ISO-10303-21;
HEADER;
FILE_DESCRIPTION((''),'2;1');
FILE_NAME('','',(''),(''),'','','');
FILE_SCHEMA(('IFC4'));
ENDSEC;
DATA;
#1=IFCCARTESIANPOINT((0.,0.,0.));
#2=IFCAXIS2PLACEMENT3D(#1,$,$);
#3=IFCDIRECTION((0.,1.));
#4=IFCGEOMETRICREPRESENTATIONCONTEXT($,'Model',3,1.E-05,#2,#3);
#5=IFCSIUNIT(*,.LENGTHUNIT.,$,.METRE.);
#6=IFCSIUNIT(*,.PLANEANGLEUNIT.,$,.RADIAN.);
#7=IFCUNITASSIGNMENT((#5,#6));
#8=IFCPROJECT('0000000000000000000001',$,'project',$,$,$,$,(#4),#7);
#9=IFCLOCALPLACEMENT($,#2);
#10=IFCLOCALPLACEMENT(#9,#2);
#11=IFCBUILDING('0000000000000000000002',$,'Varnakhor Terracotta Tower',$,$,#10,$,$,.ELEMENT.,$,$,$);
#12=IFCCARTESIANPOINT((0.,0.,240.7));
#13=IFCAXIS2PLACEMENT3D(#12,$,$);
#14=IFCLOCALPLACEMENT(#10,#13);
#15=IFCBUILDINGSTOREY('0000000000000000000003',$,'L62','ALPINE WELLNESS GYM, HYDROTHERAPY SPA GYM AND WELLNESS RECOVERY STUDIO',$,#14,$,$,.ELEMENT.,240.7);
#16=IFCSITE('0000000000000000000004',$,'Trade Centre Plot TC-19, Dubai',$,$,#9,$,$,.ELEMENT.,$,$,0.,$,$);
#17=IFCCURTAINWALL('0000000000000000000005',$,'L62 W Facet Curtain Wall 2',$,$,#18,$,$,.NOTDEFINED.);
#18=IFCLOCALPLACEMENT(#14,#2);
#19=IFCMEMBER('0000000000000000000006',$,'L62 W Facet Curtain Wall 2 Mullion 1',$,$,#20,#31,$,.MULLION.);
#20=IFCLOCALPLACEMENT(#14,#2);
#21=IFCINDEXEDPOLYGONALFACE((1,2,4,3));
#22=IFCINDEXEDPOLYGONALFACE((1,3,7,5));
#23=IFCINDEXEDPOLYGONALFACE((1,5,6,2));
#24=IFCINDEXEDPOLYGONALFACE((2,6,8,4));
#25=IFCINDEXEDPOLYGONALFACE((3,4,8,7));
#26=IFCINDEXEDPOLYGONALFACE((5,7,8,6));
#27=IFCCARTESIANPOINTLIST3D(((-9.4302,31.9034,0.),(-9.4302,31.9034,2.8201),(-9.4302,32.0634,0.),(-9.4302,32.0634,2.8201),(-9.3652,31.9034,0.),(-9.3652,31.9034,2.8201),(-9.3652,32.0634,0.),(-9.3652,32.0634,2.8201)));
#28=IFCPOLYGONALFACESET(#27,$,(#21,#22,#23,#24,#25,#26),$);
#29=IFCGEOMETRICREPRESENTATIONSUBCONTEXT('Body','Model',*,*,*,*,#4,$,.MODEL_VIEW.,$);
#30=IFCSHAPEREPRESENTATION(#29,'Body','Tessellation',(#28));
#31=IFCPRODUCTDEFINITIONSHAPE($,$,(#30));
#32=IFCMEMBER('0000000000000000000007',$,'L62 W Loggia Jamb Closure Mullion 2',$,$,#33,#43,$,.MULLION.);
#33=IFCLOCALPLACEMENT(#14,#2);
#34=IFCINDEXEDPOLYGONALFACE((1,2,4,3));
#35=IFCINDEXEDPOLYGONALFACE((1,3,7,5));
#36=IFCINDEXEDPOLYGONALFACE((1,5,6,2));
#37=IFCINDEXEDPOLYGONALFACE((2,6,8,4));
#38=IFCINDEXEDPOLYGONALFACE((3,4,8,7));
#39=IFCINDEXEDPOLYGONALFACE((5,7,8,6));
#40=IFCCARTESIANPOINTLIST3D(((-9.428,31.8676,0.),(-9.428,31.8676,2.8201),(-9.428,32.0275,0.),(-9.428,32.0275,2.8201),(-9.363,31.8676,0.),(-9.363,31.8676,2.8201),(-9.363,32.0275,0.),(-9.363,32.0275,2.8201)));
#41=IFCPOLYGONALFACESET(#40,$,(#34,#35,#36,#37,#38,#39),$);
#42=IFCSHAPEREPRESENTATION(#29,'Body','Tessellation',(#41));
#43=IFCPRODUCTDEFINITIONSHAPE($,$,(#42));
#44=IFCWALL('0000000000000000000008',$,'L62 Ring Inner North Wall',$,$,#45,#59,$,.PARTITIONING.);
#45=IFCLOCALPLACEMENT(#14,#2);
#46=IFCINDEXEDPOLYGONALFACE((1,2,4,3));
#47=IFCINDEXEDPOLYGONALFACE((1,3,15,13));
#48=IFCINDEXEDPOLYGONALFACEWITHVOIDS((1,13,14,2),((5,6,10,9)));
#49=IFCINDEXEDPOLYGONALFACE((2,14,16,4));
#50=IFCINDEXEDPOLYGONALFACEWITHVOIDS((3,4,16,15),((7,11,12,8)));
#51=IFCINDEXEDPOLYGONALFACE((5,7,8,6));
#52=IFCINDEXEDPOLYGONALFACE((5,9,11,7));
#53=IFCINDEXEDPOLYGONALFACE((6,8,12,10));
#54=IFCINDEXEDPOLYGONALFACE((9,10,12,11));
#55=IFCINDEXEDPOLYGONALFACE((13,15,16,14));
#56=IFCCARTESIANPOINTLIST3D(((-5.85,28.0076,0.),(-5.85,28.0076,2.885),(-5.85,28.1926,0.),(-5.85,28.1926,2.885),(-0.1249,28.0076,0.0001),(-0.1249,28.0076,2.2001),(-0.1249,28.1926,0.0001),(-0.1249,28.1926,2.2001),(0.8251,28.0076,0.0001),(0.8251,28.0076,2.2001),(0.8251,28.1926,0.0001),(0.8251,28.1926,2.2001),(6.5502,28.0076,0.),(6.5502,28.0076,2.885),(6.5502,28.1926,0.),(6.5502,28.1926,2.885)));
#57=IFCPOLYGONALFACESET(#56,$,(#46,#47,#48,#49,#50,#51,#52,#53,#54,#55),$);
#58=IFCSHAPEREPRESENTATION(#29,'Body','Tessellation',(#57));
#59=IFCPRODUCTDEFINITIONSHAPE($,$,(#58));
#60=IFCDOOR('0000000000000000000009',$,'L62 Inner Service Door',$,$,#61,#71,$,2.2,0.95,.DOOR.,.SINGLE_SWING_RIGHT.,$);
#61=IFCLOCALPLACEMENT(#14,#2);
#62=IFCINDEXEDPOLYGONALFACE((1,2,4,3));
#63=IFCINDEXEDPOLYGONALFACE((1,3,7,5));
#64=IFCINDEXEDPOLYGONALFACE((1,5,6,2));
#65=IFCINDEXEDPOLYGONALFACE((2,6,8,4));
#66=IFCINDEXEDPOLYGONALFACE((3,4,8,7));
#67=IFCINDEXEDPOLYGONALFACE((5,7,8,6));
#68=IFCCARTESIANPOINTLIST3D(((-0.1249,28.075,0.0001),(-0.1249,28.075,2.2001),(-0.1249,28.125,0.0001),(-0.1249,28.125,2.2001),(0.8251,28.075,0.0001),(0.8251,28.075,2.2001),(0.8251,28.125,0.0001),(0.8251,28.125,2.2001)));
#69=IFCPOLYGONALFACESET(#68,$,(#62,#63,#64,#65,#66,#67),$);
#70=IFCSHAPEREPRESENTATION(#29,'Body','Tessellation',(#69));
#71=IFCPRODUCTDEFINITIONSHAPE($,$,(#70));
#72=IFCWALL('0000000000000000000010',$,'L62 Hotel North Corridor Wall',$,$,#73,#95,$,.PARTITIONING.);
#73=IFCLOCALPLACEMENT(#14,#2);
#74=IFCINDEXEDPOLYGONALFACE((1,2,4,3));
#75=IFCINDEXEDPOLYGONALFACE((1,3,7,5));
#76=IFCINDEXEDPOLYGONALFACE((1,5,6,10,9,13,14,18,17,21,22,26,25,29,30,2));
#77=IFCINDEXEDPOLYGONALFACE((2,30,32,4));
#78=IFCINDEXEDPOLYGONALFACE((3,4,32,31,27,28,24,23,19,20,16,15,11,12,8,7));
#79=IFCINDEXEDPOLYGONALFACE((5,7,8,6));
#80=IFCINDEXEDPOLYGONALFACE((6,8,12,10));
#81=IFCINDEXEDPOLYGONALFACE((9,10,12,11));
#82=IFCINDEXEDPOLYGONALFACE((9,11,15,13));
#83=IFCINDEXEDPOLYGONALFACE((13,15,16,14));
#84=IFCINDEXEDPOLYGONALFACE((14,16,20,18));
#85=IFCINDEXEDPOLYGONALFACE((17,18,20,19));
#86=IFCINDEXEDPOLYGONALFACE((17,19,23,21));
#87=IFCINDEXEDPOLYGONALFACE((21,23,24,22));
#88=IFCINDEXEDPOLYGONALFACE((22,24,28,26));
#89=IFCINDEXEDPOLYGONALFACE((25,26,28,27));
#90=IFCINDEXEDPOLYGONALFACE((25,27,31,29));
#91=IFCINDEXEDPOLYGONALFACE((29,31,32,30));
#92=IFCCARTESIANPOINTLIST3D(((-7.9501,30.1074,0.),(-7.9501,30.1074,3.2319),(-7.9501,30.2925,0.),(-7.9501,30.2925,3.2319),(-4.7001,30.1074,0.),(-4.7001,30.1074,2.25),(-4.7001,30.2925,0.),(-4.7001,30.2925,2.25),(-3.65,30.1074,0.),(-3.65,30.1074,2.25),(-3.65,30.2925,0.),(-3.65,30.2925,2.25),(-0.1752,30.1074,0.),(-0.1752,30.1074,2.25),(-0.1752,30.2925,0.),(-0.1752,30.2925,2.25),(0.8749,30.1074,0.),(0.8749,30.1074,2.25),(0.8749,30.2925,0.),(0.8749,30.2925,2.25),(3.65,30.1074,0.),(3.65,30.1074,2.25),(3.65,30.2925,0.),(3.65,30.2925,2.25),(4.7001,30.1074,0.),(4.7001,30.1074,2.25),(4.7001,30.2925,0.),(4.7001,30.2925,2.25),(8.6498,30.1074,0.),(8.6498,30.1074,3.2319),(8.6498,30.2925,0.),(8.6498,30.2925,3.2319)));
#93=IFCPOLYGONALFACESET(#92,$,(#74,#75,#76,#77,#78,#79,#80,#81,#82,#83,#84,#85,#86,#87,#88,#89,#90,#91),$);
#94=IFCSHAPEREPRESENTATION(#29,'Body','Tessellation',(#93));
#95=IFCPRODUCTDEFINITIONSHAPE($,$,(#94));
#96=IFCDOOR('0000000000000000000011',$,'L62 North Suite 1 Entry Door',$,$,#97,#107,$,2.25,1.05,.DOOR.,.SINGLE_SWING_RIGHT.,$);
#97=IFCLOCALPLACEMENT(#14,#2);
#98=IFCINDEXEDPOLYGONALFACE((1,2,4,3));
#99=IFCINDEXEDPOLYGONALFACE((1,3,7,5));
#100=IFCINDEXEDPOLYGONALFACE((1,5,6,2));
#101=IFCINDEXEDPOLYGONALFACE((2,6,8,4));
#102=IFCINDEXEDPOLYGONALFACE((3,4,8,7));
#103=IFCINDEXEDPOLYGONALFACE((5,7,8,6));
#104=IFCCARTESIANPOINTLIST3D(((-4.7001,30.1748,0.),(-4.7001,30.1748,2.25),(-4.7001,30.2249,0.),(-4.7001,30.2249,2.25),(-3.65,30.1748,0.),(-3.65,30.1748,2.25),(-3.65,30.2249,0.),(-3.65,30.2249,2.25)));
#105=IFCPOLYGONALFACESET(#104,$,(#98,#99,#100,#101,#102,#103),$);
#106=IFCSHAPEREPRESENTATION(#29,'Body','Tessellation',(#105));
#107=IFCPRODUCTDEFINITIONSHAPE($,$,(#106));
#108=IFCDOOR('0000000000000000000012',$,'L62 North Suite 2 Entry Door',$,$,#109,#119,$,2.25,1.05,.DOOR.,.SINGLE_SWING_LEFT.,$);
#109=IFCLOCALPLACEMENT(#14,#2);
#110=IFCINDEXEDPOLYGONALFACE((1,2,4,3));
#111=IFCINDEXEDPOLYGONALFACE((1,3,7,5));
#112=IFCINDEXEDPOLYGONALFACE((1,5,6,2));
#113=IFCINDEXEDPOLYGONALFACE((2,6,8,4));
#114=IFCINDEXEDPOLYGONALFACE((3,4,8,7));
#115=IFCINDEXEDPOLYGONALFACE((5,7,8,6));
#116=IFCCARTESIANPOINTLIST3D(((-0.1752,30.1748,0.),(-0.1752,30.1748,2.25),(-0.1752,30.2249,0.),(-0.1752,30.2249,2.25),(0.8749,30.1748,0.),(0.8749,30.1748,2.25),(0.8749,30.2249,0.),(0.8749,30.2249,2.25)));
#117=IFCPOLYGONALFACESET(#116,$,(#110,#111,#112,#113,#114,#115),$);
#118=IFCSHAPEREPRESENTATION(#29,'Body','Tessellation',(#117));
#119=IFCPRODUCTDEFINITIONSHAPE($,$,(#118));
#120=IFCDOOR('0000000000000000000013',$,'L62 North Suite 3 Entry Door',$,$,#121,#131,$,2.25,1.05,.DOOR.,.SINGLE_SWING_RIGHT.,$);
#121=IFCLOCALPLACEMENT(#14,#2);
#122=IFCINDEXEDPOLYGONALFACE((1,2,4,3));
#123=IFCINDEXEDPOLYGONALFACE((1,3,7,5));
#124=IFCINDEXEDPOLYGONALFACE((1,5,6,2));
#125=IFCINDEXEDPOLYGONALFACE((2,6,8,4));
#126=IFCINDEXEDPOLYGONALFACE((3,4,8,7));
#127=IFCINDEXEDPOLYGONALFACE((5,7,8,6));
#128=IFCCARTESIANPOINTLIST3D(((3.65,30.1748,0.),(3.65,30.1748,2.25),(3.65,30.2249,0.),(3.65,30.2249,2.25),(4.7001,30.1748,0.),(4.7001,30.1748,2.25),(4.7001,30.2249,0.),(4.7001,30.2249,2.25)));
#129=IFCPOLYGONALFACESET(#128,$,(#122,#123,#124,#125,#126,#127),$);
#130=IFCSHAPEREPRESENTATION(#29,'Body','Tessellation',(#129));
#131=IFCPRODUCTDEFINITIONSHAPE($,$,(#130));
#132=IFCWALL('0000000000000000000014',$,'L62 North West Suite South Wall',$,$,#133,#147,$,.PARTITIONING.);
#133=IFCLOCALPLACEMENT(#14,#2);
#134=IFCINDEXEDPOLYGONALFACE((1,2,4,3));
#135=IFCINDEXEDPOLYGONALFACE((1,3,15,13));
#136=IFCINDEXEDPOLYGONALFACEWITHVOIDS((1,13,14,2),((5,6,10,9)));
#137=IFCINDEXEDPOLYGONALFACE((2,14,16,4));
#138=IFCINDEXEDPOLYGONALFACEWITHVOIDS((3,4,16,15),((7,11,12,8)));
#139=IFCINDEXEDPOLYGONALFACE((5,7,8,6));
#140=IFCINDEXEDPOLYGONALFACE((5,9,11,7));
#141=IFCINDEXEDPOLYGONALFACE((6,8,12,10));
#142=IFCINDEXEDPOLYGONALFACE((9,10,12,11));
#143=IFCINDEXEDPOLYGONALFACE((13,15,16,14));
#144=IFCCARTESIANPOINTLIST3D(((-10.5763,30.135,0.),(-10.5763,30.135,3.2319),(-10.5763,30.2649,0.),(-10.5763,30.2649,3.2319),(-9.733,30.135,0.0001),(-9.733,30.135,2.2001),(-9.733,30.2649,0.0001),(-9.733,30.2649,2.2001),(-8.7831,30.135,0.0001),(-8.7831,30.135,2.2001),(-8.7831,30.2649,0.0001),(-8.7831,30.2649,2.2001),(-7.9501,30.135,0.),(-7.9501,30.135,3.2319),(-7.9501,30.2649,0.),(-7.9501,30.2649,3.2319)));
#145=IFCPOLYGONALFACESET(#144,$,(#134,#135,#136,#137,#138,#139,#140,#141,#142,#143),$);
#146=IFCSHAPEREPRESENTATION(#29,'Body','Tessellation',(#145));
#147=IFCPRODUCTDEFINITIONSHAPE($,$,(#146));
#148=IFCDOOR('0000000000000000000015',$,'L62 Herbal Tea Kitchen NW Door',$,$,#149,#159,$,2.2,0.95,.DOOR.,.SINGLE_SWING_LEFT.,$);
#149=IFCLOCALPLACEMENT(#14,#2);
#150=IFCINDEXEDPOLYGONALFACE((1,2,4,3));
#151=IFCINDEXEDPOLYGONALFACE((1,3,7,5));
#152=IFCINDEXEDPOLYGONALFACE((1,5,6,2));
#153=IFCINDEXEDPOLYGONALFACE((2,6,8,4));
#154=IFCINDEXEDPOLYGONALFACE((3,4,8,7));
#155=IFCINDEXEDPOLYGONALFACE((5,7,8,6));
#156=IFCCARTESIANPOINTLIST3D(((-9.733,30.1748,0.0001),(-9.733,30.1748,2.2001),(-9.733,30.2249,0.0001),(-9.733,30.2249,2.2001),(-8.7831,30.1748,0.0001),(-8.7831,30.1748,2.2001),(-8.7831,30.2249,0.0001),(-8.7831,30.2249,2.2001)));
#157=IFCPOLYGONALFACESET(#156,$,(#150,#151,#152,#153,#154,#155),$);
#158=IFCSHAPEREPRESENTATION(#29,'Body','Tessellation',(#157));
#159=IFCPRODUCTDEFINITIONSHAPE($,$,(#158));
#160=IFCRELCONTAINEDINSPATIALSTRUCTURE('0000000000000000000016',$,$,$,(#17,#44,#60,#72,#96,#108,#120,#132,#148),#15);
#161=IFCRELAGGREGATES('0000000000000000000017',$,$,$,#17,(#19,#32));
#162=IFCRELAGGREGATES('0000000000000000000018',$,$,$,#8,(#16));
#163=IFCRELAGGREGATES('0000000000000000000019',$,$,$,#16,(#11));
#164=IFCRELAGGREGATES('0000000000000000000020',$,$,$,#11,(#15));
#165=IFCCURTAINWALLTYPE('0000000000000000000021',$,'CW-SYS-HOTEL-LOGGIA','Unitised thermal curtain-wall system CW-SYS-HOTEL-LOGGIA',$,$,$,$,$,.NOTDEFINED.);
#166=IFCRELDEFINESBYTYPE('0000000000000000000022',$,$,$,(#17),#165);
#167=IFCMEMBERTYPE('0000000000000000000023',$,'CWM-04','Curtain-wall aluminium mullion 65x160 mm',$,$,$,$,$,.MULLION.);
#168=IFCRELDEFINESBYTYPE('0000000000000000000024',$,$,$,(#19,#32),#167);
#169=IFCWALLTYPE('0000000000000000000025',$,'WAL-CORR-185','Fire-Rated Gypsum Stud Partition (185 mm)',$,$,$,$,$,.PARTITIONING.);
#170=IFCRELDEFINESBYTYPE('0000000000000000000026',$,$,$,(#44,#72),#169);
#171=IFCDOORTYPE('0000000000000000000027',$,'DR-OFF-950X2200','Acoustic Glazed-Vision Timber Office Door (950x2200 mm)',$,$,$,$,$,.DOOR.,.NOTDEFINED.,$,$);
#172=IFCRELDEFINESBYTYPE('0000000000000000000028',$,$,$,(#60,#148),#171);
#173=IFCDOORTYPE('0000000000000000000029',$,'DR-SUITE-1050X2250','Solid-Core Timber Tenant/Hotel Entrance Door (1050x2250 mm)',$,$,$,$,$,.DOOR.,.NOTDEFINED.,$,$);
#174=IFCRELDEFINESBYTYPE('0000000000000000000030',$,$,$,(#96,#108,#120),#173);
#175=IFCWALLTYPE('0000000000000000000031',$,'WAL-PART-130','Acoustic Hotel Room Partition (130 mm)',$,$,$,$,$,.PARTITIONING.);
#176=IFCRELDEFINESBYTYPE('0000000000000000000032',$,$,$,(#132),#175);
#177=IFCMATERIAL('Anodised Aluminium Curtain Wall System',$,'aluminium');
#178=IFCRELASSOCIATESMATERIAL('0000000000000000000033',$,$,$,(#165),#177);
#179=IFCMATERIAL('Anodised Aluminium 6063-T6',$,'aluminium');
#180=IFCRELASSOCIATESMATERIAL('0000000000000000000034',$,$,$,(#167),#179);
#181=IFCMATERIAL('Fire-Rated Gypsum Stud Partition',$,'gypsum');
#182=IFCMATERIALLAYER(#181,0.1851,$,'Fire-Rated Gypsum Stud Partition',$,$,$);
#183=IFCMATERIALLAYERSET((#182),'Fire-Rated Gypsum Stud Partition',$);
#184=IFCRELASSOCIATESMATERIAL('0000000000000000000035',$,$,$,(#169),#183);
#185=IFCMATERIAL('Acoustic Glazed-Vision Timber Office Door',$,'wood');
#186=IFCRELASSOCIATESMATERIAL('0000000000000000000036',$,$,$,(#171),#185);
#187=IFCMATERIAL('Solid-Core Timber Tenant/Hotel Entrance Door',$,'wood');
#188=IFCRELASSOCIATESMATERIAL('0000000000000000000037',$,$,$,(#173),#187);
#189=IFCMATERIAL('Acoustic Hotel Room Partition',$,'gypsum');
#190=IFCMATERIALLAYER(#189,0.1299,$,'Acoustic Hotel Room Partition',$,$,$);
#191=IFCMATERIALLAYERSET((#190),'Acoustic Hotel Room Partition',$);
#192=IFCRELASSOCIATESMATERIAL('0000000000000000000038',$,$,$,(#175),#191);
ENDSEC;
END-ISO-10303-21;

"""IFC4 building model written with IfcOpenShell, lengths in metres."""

from ifc_helpers import new_model, si_unit, direction, frame, frame_2d, origin, origin_2d, place, context, subcontext, project, spatial, rectangle, extrude, source, transform, mapped, material, layer, layer_set, material_profile, profile_set, type_object, type_shapes, element, fill, aggregate, save


model = new_model("IFC4")

# Units and contexts
model_context = context("Model", 3, precision=1e-05, world=origin(), true_north=direction((0.0, 1.0)))
body_context = subcontext(model_context, "Body", "Model", "MODEL_VIEW")
ifc_project = project(units=[si_unit("LENGTHUNIT", "METRE"), si_unit("PLANEANGLEUNIT", "RADIAN")], contexts=[model_context])

# Site, building, storey
site_placement = place(None, origin())
site = spatial("IfcSite", under=ifc_project, at=site_placement, Name="Trade Centre Plot TC-19, Dubai", CompositionType="ELEMENT", RefElevation=0.0)
building_placement = place(site_placement, origin())
building = spatial("IfcBuilding", under=site, at=building_placement, Name="Varnakhor Terracotta Tower", CompositionType="ELEMENT")
storey_placement = place(building_placement, frame((0.0, 0.0, 240.7)))
storey = spatial("IfcBuildingStorey", under=building, at=storey_placement, Name="L62", Description="ALPINE WELLNESS GYM, HYDROTHERAPY SPA GYM AND WELLNESS RECOVERY STUDIO", CompositionType="ELEMENT", Elevation=240.7)

# Curtain wall, members
ifc_material_1 = material(Name="Anodised Aluminium Curtain Wall System", Category="aluminium")
curtain_wall_type = type_object("IfcCurtainWallType", Name="CW-SYS-HOTEL-LOGGIA", Description="Unitised thermal curtain-wall system CW-SYS-HOTEL-LOGGIA", PredefinedType="NOTDEFINED", material=ifc_material_1)
curtain_wall_placement = place(storey_placement, origin())
curtain_wall = element("IfcCurtainWall", 1, at=curtain_wall_placement, inside=storey, type_object=curtain_wall_type, Name="L62 W Facet Curtain Wall 2", PredefinedType="NOTDEFINED")
ifc_material_2 = material(Name="Anodised Aluminium 6063-T6", Category="aluminium")
ifc_material_profile_1 = material_profile(ifc_material_2, rectangle(XDim=0.0649, YDim=0.1599, at=origin_2d()), Name="ALU MULLION 65x160")
ifc_profile_set_1 = profile_set([ifc_material_profile_1], Name="Anodised Aluminium 6063-T6")
member_type = type_object("IfcMemberType", Name="CWM-04", Description="Curtain-wall aluminium mullion 65x160 mm", PredefinedType="MULLION", material=ifc_profile_set_1)
shared_shape_1 = source(origin(), body_context, "Body", "SweptSolid", [
    extrude(rectangle(XDim=0.0649, YDim=0.1599, at=origin_2d()), origin(), (0.0, 0.0, 1.0), 2.8201),
])
type_shapes(member_type, [shared_shape_1])
member_1_placement = place(storey_placement, frame((-9.3977, 31.9834, 0.0), z_axis=(0.0, 0.0, 1.0), x_axis=(1.0, 0.0, 0.0)))
member_1 = element("IfcMember", 2, at=member_1_placement, type_object=member_type, Name="L62 W Facet Curtain Wall 2 Mullion 1", PredefinedType="MULLION", context=body_context, shape_type="MappedRepresentation", body=[
    mapped(shared_shape_1, transform((0.0, 0.0, 0.0), scale=1.0)),
])
member_2_placement = place(storey_placement, frame((-9.3955, 31.9475, 0.0), z_axis=(0.0, 0.0, 1.0), x_axis=(1.0, 0.0, 0.0)))
member_2 = element("IfcMember", 3, at=member_2_placement, type_object=member_type, Name="L62 W Loggia Jamb Closure Mullion 2", PredefinedType="MULLION", context=body_context, shape_type="MappedRepresentation", body=[
    mapped(shared_shape_1, transform((0.0, 0.0, 0.0), scale=1.0)),
])
aggregate(curtain_wall, [member_1, member_2])

# Wall, opening, door
ifc_material_3 = material(Name="Fire-Rated Gypsum Stud Partition", Category="gypsum")
ifc_layer_1 = layer(ifc_material_3, 0.1851, Name="Fire-Rated Gypsum Stud Partition")
ifc_layer_set_1 = layer_set([ifc_layer_1], Name="Fire-Rated Gypsum Stud Partition")
wall_type_1 = type_object("IfcWallType", Name="WAL-CORR-185", Description="Fire-Rated Gypsum Stud Partition (185 mm)", PredefinedType="PARTITIONING", material=ifc_layer_set_1)
wall_1_placement = place(storey_placement, frame((-5.8501, 28.1001, 0.0), z_axis=(0.0, 0.0, 1.0), x_axis=(1.0, 0.0, 0.0)))
wall_1 = element("IfcWall", 4, at=wall_1_placement, inside=storey, type_object=wall_type_1, Name="L62 Ring Inner North Wall", PredefinedType="PARTITIONING", context=body_context, shape_type="SweptSolid", body=[
    extrude(rectangle(XDim=12.4001, YDim=0.1851, at=frame_2d((6.2002, 0.0))), origin(), (0.0, 0.0, 1.0), 2.885),
])
opening_1_placement = place(wall_1_placement, frame((5.7251, 0.0, 0.0)))
opening_1 = element("IfcOpeningElement", 5, at=opening_1_placement, cuts=wall_1, PredefinedType="OPENING", context=body_context, shape_type="SweptSolid", body=[
    extrude(rectangle(XDim=0.95, YDim=2.2, at=frame_2d((0.4751, 1.1001))), frame((0.0, 0.1025, 0.0), z_axis=(0.0, -1.0, 0.0), x_axis=(1.0, 0.0, 0.0)), (0.0, 0.0, 1.0), 0.2051),
])
ifc_material_4 = material(Name="Acoustic Glazed-Vision Timber Office Door", Category="wood")
door_type_1 = type_object("IfcDoorType", Name="DR-OFF-950X2200", Description="Acoustic Glazed-Vision Timber Office Door (950x2200 mm)", OperationType="NOTDEFINED", PredefinedType="DOOR", material=ifc_material_4)
shared_shape_2 = source(origin(), body_context, "Body", "SweptSolid", [
    extrude(rectangle(XDim=0.95, YDim=2.2, at=frame_2d((0.4751, 1.1001))), frame((0.0, 0.0249, 0.0), z_axis=(0.0, -1.0, 0.0), x_axis=(1.0, 0.0, 0.0)), (0.0, 0.0, 1.0), 0.05),
])
type_shapes(door_type_1, [shared_shape_2])
door_1_placement = place(opening_1_placement, origin())
door_1 = element("IfcDoor", 6, at=door_1_placement, inside=storey, type_object=door_type_1, Name="L62 Inner Service Door", OperationType="SINGLE_SWING_RIGHT", OverallHeight=2.2, OverallWidth=0.95, PredefinedType="DOOR", context=body_context, shape_type="MappedRepresentation", body=[
    mapped(shared_shape_2, transform((0.0, 0.0, 0.0), scale=1.0)),
])
fill(opening_1, door_1)

# Wall, openings, doors
wall_2_placement = place(storey_placement, frame((-7.95, 30.2, 0.0), z_axis=(0.0, 0.0, 1.0), x_axis=(1.0, 0.0, 0.0)))
wall_2 = element("IfcWall", 7, at=wall_2_placement, inside=storey, type_object=wall_type_1, Name="L62 Hotel North Corridor Wall", PredefinedType="PARTITIONING", context=body_context, shape_type="SweptSolid", body=[
    extrude(rectangle(XDim=16.5999, YDim=0.1851, at=frame_2d((8.2998, 0.0))), origin(), (0.0, 0.0, 1.0), 3.2319),
])
opening_2_placement = place(wall_2_placement, frame((3.25, 0.0, 0.0)))
opening_2 = element("IfcOpeningElement", 8, at=opening_2_placement, cuts=wall_2, PredefinedType="OPENING", context=body_context, shape_type="SweptSolid", body=[
    extrude(rectangle(XDim=1.05, YDim=2.25, at=frame_2d((0.5249, 1.125))), frame((0.0, 0.1025, 0.0), z_axis=(0.0, -1.0, 0.0), x_axis=(1.0, 0.0, 0.0)), (0.0, 0.0, 1.0), 0.2051),
])
opening_3_placement = place(wall_2_placement, frame((7.7749, 0.0, 0.0)))
opening_3 = element("IfcOpeningElement", 9, at=opening_3_placement, cuts=wall_2, PredefinedType="OPENING", context=body_context, shape_type="SweptSolid", body=[
    extrude(rectangle(XDim=1.05, YDim=2.25, at=frame_2d((0.5249, 1.125))), frame((0.0, 0.1025, 0.0), z_axis=(0.0, -1.0, 0.0), x_axis=(1.0, 0.0, 0.0)), (0.0, 0.0, 1.0), 0.2051),
])
opening_4_placement = place(wall_2_placement, frame((11.6001, 0.0, 0.0)))
opening_4 = element("IfcOpeningElement", 10, at=opening_4_placement, cuts=wall_2, PredefinedType="OPENING", context=body_context, shape_type="SweptSolid", body=[
    extrude(rectangle(XDim=1.05, YDim=2.25, at=frame_2d((0.5249, 1.125))), frame((0.0, 0.1025, 0.0), z_axis=(0.0, -1.0, 0.0), x_axis=(1.0, 0.0, 0.0)), (0.0, 0.0, 1.0), 0.2051),
])
ifc_material_5 = material(Name="Solid-Core Timber Tenant/Hotel Entrance Door", Category="wood")
door_type_2 = type_object("IfcDoorType", Name="DR-SUITE-1050X2250", Description="Solid-Core Timber Tenant/Hotel Entrance Door (1050x2250 mm)", OperationType="NOTDEFINED", PredefinedType="DOOR", material=ifc_material_5)
shared_shape_3 = source(origin(), body_context, "Body", "SweptSolid", [
    extrude(rectangle(XDim=1.05, YDim=2.25, at=frame_2d((0.5249, 1.125))), frame((0.0, 0.0249, 0.0), z_axis=(0.0, -1.0, 0.0), x_axis=(1.0, 0.0, 0.0)), (0.0, 0.0, 1.0), 0.05),
])
type_shapes(door_type_2, [shared_shape_3])
door_2_placement = place(opening_2_placement, origin())
door_2 = element("IfcDoor", 11, at=door_2_placement, inside=storey, type_object=door_type_2, Name="L62 North Suite 1 Entry Door", OperationType="SINGLE_SWING_RIGHT", OverallHeight=2.25, OverallWidth=1.05, PredefinedType="DOOR", context=body_context, shape_type="MappedRepresentation", body=[
    mapped(shared_shape_3, transform((0.0, 0.0, 0.0), scale=1.0)),
])
fill(opening_2, door_2)
door_3_placement = place(opening_3_placement, origin())
door_3 = element("IfcDoor", 12, at=door_3_placement, inside=storey, type_object=door_type_2, Name="L62 North Suite 2 Entry Door", OperationType="SINGLE_SWING_LEFT", OverallHeight=2.25, OverallWidth=1.05, PredefinedType="DOOR", context=body_context, shape_type="MappedRepresentation", body=[
    mapped(shared_shape_3, transform((0.0, 0.0, 0.0), scale=1.0)),
])
fill(opening_3, door_3)
door_4_placement = place(opening_4_placement, origin())
door_4 = element("IfcDoor", 13, at=door_4_placement, inside=storey, type_object=door_type_2, Name="L62 North Suite 3 Entry Door", OperationType="SINGLE_SWING_RIGHT", OverallHeight=2.25, OverallWidth=1.05, PredefinedType="DOOR", context=body_context, shape_type="MappedRepresentation", body=[
    mapped(shared_shape_3, transform((0.0, 0.0, 0.0), scale=1.0)),
])
fill(opening_4, door_4)

# Wall, opening, door
ifc_material_6 = material(Name="Acoustic Hotel Room Partition", Category="gypsum")
ifc_layer_2 = layer(ifc_material_6, 0.1299, Name="Acoustic Hotel Room Partition")
ifc_layer_set_2 = layer_set([ifc_layer_2], Name="Acoustic Hotel Room Partition")
wall_type_2 = type_object("IfcWallType", Name="WAL-PART-130", Description="Acoustic Hotel Room Partition (130 mm)", PredefinedType="PARTITIONING", material=ifc_layer_set_2)
wall_3_placement = place(storey_placement, frame((-10.5762, 30.2, 0.0), z_axis=(0.0, 0.0, 1.0), x_axis=(1.0, 0.0, 0.0)))
wall_3 = element("IfcWall", 14, at=wall_3_placement, inside=storey, type_object=wall_type_2, Name="L62 North West Suite South Wall", PredefinedType="PARTITIONING", context=body_context, shape_type="SweptSolid", body=[
    extrude(rectangle(XDim=2.6262, YDim=0.1299, at=frame_2d((1.313, 0.0))), origin(), (0.0, 0.0, 1.0), 3.2319),
])
opening_5_placement = place(wall_3_placement, frame((0.843, 0.0, 0.0)))
opening_5 = element("IfcOpeningElement", 15, at=opening_5_placement, cuts=wall_3, PredefinedType="OPENING", context=body_context, shape_type="SweptSolid", body=[
    extrude(rectangle(XDim=0.95, YDim=2.2, at=frame_2d((0.4751, 1.1001))), frame((0.0, 0.075, 0.0), z_axis=(0.0, -1.0, 0.0), x_axis=(1.0, 0.0, 0.0)), (0.0, 0.0, 1.0), 0.1499),
])
door_5_placement = place(opening_5_placement, origin())
door_5 = element("IfcDoor", 16, at=door_5_placement, inside=storey, type_object=door_type_1, Name="L62 Herbal Tea Kitchen NW Door", OperationType="SINGLE_SWING_LEFT", OverallHeight=2.2, OverallWidth=0.95, PredefinedType="DOOR", context=body_context, shape_type="MappedRepresentation", body=[
    mapped(shared_shape_2, transform((0.0, 0.0, 0.0), scale=1.0)),
])
fill(opening_5, door_5)

save(model, "model.ifc")
